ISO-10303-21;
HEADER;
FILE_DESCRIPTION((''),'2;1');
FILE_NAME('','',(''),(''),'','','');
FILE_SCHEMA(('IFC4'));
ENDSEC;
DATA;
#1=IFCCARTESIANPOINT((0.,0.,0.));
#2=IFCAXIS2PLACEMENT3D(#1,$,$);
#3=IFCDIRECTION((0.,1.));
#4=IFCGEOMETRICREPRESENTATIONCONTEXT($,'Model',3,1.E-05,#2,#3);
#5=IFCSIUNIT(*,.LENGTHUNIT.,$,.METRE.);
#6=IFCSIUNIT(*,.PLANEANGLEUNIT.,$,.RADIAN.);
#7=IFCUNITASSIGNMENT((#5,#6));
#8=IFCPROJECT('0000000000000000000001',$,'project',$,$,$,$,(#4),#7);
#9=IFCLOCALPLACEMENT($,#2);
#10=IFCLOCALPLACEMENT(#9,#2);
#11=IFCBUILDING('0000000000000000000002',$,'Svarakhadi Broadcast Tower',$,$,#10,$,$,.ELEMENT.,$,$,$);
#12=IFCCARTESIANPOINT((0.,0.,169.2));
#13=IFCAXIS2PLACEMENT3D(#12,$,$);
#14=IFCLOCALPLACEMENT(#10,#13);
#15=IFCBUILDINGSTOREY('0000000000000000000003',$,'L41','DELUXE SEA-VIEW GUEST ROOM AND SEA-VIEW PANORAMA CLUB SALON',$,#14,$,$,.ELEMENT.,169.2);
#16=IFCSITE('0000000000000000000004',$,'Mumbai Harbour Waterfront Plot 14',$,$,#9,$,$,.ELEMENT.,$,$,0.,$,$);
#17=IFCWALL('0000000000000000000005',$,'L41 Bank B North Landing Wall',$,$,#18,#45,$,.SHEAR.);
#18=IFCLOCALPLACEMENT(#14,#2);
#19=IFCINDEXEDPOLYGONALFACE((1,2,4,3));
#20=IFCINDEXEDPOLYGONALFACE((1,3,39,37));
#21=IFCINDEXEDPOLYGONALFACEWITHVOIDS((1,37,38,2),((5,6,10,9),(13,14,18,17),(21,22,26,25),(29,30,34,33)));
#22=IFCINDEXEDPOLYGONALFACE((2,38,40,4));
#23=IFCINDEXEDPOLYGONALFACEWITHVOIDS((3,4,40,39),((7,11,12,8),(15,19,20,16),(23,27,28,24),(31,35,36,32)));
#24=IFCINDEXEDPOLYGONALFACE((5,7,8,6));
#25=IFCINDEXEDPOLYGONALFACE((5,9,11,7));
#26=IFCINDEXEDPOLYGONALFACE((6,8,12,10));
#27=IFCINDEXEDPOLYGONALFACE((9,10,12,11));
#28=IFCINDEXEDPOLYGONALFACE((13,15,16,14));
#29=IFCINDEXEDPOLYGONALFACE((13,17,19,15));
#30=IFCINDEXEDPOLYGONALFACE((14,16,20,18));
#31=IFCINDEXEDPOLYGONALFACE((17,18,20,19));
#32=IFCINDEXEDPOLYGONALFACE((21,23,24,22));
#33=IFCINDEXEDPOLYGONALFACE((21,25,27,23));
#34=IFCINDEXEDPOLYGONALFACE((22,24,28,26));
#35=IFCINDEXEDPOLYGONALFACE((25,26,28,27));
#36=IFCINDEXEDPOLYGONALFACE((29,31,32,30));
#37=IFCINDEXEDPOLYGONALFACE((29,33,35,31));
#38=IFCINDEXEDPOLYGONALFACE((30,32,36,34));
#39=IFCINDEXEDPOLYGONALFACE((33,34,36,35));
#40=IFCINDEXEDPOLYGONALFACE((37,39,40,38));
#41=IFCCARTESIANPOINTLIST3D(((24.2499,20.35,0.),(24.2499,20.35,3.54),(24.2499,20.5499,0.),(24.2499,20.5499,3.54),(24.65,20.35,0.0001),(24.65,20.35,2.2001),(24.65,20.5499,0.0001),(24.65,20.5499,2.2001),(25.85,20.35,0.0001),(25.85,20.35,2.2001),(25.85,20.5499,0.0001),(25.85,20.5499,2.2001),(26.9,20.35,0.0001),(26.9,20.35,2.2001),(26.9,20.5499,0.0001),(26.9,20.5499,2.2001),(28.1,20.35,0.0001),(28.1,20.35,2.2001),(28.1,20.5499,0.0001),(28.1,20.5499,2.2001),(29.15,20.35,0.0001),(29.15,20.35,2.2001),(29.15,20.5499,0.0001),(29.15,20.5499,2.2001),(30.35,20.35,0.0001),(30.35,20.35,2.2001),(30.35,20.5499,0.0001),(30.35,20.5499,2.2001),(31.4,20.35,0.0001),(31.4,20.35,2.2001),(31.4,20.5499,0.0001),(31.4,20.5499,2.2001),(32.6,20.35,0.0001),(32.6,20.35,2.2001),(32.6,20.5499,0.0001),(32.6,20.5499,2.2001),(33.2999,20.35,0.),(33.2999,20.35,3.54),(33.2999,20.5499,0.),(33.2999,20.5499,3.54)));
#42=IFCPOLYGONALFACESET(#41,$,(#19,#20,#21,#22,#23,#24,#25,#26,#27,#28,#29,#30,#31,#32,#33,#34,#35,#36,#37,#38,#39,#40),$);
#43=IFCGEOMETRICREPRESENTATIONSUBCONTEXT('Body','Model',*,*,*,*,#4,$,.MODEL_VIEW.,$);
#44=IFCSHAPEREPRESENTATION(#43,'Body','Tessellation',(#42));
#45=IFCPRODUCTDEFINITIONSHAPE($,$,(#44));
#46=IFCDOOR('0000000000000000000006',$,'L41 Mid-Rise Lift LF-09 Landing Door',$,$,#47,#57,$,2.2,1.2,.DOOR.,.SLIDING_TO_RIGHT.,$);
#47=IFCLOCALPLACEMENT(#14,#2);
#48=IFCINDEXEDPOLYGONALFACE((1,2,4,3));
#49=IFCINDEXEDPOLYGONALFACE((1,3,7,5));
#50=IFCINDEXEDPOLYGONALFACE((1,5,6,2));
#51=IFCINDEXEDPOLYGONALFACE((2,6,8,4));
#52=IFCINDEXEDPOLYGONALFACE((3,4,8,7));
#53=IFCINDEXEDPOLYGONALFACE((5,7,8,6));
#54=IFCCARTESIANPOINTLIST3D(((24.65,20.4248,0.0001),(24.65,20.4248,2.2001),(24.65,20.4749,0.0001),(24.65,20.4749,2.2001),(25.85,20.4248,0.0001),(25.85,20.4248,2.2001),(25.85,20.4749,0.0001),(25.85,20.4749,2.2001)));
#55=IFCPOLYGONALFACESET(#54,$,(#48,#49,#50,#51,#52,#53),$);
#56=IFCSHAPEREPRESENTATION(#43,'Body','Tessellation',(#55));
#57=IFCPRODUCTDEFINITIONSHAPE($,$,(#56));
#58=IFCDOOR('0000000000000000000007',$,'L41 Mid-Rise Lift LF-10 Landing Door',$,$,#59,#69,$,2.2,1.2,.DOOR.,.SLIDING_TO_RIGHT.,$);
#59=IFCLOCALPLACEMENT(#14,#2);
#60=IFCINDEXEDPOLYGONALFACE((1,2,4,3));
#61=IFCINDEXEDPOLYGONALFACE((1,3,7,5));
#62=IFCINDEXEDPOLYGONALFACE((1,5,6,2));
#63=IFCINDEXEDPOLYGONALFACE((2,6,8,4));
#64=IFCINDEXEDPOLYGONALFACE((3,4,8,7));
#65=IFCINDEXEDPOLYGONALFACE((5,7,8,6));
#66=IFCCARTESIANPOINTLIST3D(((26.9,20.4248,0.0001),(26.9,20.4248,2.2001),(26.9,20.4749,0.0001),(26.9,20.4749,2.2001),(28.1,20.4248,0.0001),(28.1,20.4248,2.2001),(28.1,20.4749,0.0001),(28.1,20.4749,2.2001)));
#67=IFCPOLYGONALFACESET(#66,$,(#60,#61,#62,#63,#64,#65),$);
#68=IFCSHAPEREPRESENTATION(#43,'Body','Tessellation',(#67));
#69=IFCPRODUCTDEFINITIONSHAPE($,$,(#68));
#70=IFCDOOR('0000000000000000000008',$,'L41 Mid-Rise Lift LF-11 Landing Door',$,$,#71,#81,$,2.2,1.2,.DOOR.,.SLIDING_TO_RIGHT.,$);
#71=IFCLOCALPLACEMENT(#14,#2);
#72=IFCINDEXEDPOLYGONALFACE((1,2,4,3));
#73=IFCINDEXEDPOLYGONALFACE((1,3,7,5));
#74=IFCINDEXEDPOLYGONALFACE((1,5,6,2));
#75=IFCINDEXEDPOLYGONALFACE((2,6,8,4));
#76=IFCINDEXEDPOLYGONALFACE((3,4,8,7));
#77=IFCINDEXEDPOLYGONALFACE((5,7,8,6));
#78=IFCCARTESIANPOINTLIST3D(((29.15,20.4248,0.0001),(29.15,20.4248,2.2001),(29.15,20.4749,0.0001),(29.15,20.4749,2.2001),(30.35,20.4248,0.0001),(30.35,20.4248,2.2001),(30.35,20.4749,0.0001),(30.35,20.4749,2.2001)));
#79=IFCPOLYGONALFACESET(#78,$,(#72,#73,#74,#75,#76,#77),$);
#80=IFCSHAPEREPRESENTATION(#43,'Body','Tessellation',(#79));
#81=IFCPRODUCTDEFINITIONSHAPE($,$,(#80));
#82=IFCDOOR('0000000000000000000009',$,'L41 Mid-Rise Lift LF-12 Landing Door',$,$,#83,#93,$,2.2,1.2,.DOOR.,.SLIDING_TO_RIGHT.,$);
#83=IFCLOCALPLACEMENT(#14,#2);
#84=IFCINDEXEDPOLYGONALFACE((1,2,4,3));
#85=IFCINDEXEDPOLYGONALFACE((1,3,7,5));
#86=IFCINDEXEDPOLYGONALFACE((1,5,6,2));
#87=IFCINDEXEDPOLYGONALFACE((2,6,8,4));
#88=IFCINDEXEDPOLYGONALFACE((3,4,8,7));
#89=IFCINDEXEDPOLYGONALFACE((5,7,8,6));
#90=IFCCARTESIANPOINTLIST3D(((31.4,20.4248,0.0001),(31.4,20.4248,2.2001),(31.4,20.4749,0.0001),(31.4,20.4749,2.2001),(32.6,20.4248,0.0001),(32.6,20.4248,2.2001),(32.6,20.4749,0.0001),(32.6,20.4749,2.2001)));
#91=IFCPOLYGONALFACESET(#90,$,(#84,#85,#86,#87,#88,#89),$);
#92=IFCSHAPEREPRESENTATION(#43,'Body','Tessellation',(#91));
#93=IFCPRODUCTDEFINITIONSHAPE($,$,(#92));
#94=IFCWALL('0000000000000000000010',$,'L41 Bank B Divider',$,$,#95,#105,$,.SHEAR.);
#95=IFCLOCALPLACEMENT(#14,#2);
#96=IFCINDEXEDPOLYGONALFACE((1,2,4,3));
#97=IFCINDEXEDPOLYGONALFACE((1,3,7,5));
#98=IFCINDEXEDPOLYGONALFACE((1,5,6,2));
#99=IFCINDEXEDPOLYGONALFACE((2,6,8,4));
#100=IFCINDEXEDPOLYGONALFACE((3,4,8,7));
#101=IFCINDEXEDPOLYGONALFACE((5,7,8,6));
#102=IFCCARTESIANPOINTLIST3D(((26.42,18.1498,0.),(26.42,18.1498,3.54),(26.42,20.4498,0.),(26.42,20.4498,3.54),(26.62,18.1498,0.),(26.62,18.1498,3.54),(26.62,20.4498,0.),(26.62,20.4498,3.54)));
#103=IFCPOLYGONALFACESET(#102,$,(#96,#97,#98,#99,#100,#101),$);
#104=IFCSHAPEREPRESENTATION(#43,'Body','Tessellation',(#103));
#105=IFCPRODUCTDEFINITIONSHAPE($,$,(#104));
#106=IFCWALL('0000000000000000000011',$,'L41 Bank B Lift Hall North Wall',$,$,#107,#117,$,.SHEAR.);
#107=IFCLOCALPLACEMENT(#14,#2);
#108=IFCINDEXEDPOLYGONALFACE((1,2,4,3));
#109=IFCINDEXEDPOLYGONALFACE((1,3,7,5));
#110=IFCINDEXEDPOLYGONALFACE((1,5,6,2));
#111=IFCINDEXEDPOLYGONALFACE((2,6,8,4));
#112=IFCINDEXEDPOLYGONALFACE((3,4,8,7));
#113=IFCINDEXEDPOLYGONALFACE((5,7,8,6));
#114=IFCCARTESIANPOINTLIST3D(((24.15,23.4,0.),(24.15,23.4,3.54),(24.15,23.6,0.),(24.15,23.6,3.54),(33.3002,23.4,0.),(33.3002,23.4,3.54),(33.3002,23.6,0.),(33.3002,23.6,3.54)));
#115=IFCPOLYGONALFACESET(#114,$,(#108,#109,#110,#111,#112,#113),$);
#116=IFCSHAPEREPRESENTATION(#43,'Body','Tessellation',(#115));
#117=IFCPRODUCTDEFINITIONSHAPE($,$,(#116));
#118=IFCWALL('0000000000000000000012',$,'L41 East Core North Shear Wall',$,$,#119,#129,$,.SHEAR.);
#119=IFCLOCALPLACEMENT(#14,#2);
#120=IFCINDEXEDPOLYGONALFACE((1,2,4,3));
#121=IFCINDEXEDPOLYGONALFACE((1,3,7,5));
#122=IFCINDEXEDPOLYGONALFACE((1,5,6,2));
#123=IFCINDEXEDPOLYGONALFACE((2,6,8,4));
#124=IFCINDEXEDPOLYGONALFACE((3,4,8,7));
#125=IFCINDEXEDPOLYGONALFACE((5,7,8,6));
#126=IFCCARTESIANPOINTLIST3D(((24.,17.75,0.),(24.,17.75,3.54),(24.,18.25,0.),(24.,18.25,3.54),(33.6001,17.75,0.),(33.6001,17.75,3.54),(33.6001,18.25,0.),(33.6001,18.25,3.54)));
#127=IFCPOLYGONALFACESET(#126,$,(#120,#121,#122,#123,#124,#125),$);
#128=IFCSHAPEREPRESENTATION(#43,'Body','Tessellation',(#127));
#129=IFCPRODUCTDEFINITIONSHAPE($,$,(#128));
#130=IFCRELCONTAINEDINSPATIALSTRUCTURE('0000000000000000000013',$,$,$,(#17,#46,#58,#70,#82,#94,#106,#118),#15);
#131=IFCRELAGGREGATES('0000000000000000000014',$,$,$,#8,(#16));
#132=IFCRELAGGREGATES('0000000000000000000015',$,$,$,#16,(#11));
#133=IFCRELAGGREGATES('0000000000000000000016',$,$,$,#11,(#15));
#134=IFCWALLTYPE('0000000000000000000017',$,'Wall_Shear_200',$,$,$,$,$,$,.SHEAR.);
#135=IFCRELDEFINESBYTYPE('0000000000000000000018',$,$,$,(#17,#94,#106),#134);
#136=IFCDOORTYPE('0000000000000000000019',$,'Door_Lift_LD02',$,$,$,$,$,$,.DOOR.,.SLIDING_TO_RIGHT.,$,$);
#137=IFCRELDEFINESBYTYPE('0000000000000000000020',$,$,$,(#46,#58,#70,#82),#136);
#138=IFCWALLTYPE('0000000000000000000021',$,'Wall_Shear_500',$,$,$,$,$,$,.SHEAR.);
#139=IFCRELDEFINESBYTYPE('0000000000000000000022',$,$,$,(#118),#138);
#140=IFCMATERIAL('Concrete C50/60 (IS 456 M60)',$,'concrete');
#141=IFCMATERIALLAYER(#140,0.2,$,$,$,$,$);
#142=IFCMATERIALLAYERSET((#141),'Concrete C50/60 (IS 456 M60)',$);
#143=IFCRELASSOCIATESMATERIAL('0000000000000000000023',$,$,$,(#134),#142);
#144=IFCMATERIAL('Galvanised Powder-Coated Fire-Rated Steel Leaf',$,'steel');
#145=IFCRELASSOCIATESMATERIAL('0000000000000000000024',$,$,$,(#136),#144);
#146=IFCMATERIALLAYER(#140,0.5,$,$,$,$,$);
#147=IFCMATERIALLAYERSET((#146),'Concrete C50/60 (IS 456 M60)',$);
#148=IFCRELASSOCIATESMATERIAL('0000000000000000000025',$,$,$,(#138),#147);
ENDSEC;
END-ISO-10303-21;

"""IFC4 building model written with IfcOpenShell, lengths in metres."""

from ifc_helpers import new_model, si_unit, direction, frame, frame_2d, origin, place, context, subcontext, project, spatial, rectangle, extrude, material, layer, layer_set, type_object, element, fill, save


model = new_model("IFC4")

# Units and contexts
model_context = context("Model", 3, precision=1e-05, world=origin(), true_north=direction((0.0, 1.0)))
body_context = subcontext(model_context, "Body", "Model", "MODEL_VIEW")
ifc_project = project(units=[si_unit("LENGTHUNIT", "METRE"), si_unit("PLANEANGLEUNIT", "RADIAN")], contexts=[model_context])

# Site, building, storey
site_placement = place(None, origin())
site = spatial("IfcSite", under=ifc_project, at=site_placement, Name="Mumbai Harbour Waterfront Plot 14", CompositionType="ELEMENT", RefElevation=0.0)
building_placement = place(site_placement, origin())
building = spatial("IfcBuilding", under=site, at=building_placement, Name="Svarakhadi Broadcast Tower", CompositionType="ELEMENT")
storey_placement = place(building_placement, frame((0.0, 0.0, 169.2)))
storey = spatial("IfcBuildingStorey", under=building, at=storey_placement, Name="L41", Description="DELUXE SEA-VIEW GUEST ROOM AND SEA-VIEW PANORAMA CLUB SALON", CompositionType="ELEMENT", Elevation=169.2)

# Shared definitions
ifc_material_1 = material(Name="Concrete C50/60 (IS 456 M60)", Category="concrete")

# Shared definitions
ifc_layer_1 = layer(ifc_material_1, 0.2)
ifc_layer_set_1 = layer_set([ifc_layer_1], Name="Concrete C50/60 (IS 456 M60)")
wall_type_1 = type_object("IfcWallType", Name="Wall_Shear_200", PredefinedType="SHEAR", material=ifc_layer_set_1)

# Wall, openings, doors
wall_1_placement = place(storey_placement, frame((24.25, 20.45, 0.0), z_axis=(0.0, 0.0, 1.0), x_axis=(1.0, 0.0, 0.0)))
wall_1 = element("IfcWall", 1, at=wall_1_placement, inside=storey, type_object=wall_type_1, Name="L41 Bank B North Landing Wall", PredefinedType="SHEAR", context=body_context, shape_type="SweptSolid", body=[
    extrude(rectangle(XDim=9.05, YDim=0.2, at=frame_2d((4.5249, 0.0))), origin(), (0.0, 0.0, 1.0), 3.54),
])
opening_1_placement = place(wall_1_placement, frame((0.3999, 0.0, 0.0)))
opening_1 = element("IfcOpeningElement", 2, at=opening_1_placement, cuts=wall_1, PredefinedType="OPENING", context=body_context, shape_type="SweptSolid", body=[
    extrude(rectangle(XDim=1.2, YDim=2.2, at=frame_2d((0.6001, 1.1001))), frame((0.0, 0.1099, 0.0), z_axis=(0.0, -1.0, 0.0), x_axis=(1.0, 0.0, 0.0)), (0.0, 0.0, 1.0), 0.22),
])
opening_2_placement = place(wall_1_placement, frame((2.6499, 0.0, 0.0)))
opening_2 = element("IfcOpeningElement", 3, at=opening_2_placement, cuts=wall_1, PredefinedType="OPENING", context=body_context, shape_type="SweptSolid", body=[
    extrude(rectangle(XDim=1.2, YDim=2.2, at=frame_2d((0.6001, 1.1001))), frame((0.0, 0.1099, 0.0), z_axis=(0.0, -1.0, 0.0), x_axis=(1.0, 0.0, 0.0)), (0.0, 0.0, 1.0), 0.22),
])
opening_3_placement = place(wall_1_placement, frame((4.8999, 0.0, 0.0)))
opening_3 = element("IfcOpeningElement", 4, at=opening_3_placement, cuts=wall_1, PredefinedType="OPENING", context=body_context, shape_type="SweptSolid", body=[
    extrude(rectangle(XDim=1.2, YDim=2.2, at=frame_2d((0.6001, 1.1001))), frame((0.0, 0.1099, 0.0), z_axis=(0.0, -1.0, 0.0), x_axis=(1.0, 0.0, 0.0)), (0.0, 0.0, 1.0), 0.22),
])
opening_4_placement = place(wall_1_placement, frame((7.1499, 0.0, 0.0)))
opening_4 = element("IfcOpeningElement", 5, at=opening_4_placement, cuts=wall_1, PredefinedType="OPENING", context=body_context, shape_type="SweptSolid", body=[
    extrude(rectangle(XDim=1.2, YDim=2.2, at=frame_2d((0.6001, 1.1001))), frame((0.0, 0.1099, 0.0), z_axis=(0.0, -1.0, 0.0), x_axis=(1.0, 0.0, 0.0)), (0.0, 0.0, 1.0), 0.22),
])
ifc_material_2 = material(Name="Galvanised Powder-Coated Fire-Rated Steel Leaf", Category="steel")
door_type_1 = type_object("IfcDoorType", Name="Door_Lift_LD02", OperationType="SLIDING_TO_RIGHT", PredefinedType="DOOR", material=ifc_material_2)
door_1_placement = place(opening_1_placement, origin())
door_1 = element("IfcDoor", 6, at=door_1_placement, inside=storey, type_object=door_type_1, Name="L41 Mid-Rise Lift LF-09 Landing Door", OperationType="SLIDING_TO_RIGHT", OverallHeight=2.2, OverallWidth=1.2, PredefinedType="DOOR", context=body_context, shape_type="SweptSolid", body=[
    extrude(rectangle(XDim=1.2, YDim=2.2, at=frame_2d((0.6001, 1.1001))), frame((0.0, 0.0249, 0.0), z_axis=(0.0, -1.0, 0.0), x_axis=(1.0, 0.0, 0.0)), (0.0, 0.0, 1.0), 0.05),
])
fill(opening_1, door_1)
door_2_placement = place(opening_2_placement, origin())
door_2 = element("IfcDoor", 7, at=door_2_placement, inside=storey, type_object=door_type_1, Name="L41 Mid-Rise Lift LF-10 Landing Door", OperationType="SLIDING_TO_RIGHT", OverallHeight=2.2, OverallWidth=1.2, PredefinedType="DOOR", context=body_context, shape_type="SweptSolid", body=[
    extrude(rectangle(XDim=1.2, YDim=2.2, at=frame_2d((0.6001, 1.1001))), frame((0.0, 0.0249, 0.0), z_axis=(0.0, -1.0, 0.0), x_axis=(1.0, 0.0, 0.0)), (0.0, 0.0, 1.0), 0.05),
])
fill(opening_2, door_2)
door_3_placement = place(opening_3_placement, origin())
door_3 = element("IfcDoor", 8, at=door_3_placement, inside=storey, type_object=door_type_1, Name="L41 Mid-Rise Lift LF-11 Landing Door", OperationType="SLIDING_TO_RIGHT", OverallHeight=2.2, OverallWidth=1.2, PredefinedType="DOOR", context=body_context, shape_type="SweptSolid", body=[
    extrude(rectangle(XDim=1.2, YDim=2.2, at=frame_2d((0.6001, 1.1001))), frame((0.0, 0.0249, 0.0), z_axis=(0.0, -1.0, 0.0), x_axis=(1.0, 0.0, 0.0)), (0.0, 0.0, 1.0), 0.05),
])
fill(opening_3, door_3)
door_4_placement = place(opening_4_placement, origin())
door_4 = element("IfcDoor", 9, at=door_4_placement, inside=storey, type_object=door_type_1, Name="L41 Mid-Rise Lift LF-12 Landing Door", OperationType="SLIDING_TO_RIGHT", OverallHeight=2.2, OverallWidth=1.2, PredefinedType="DOOR", context=body_context, shape_type="SweptSolid", body=[
    extrude(rectangle(XDim=1.2, YDim=2.2, at=frame_2d((0.6001, 1.1001))), frame((0.0, 0.0249, 0.0), z_axis=(0.0, -1.0, 0.0), x_axis=(1.0, 0.0, 0.0)), (0.0, 0.0, 1.0), 0.05),
])
fill(opening_4, door_4)

# Walls
wall_2_placement = place(storey_placement, frame((26.52, 18.1499, 0.0), z_axis=(0.0, 0.0, 1.0), x_axis=(0.0, 1.0, 0.0)))
element("IfcWall", 10, at=wall_2_placement, inside=storey, type_object=wall_type_1, Name="L41 Bank B Divider", PredefinedType="SHEAR", context=body_context, shape_type="SweptSolid", body=[
    extrude(rectangle(XDim=2.3, YDim=0.2, at=frame_2d((1.1499, 0.0))), origin(), (0.0, 0.0, 1.0), 3.54),
])
wall_3_placement = place(storey_placement, frame((24.1499, 23.5, 0.0), z_axis=(0.0, 0.0, 1.0), x_axis=(1.0, 0.0, 0.0)))
element("IfcWall", 11, at=wall_3_placement, inside=storey, type_object=wall_type_1, Name="L41 Bank B Lift Hall North Wall", PredefinedType="SHEAR", context=body_context, shape_type="SweptSolid", body=[
    extrude(rectangle(XDim=9.1501, YDim=0.2, at=frame_2d((4.5752, 0.0))), origin(), (0.0, 0.0, 1.0), 3.54),
])

# Wall
ifc_layer_2 = layer(ifc_material_1, 0.5)
ifc_layer_set_2 = layer_set([ifc_layer_2], Name="Concrete C50/60 (IS 456 M60)")
wall_type_2 = type_object("IfcWallType", Name="Wall_Shear_500", PredefinedType="SHEAR", material=ifc_layer_set_2)
wall_4_placement = place(storey_placement, frame((24.0, 18.0, 0.0), z_axis=(0.0, 0.0, 1.0), x_axis=(1.0, 0.0, 0.0)))
element("IfcWall", 12, at=wall_4_placement, inside=storey, type_object=wall_type_2, Name="L41 East Core North Shear Wall", PredefinedType="SHEAR", context=body_context, shape_type="SweptSolid", body=[
    extrude(rectangle(XDim=9.6001, YDim=0.5, at=frame_2d((4.8, 0.0))), origin(), (0.0, 0.0, 1.0), 3.54),
])

save(model, "model.ifc")
